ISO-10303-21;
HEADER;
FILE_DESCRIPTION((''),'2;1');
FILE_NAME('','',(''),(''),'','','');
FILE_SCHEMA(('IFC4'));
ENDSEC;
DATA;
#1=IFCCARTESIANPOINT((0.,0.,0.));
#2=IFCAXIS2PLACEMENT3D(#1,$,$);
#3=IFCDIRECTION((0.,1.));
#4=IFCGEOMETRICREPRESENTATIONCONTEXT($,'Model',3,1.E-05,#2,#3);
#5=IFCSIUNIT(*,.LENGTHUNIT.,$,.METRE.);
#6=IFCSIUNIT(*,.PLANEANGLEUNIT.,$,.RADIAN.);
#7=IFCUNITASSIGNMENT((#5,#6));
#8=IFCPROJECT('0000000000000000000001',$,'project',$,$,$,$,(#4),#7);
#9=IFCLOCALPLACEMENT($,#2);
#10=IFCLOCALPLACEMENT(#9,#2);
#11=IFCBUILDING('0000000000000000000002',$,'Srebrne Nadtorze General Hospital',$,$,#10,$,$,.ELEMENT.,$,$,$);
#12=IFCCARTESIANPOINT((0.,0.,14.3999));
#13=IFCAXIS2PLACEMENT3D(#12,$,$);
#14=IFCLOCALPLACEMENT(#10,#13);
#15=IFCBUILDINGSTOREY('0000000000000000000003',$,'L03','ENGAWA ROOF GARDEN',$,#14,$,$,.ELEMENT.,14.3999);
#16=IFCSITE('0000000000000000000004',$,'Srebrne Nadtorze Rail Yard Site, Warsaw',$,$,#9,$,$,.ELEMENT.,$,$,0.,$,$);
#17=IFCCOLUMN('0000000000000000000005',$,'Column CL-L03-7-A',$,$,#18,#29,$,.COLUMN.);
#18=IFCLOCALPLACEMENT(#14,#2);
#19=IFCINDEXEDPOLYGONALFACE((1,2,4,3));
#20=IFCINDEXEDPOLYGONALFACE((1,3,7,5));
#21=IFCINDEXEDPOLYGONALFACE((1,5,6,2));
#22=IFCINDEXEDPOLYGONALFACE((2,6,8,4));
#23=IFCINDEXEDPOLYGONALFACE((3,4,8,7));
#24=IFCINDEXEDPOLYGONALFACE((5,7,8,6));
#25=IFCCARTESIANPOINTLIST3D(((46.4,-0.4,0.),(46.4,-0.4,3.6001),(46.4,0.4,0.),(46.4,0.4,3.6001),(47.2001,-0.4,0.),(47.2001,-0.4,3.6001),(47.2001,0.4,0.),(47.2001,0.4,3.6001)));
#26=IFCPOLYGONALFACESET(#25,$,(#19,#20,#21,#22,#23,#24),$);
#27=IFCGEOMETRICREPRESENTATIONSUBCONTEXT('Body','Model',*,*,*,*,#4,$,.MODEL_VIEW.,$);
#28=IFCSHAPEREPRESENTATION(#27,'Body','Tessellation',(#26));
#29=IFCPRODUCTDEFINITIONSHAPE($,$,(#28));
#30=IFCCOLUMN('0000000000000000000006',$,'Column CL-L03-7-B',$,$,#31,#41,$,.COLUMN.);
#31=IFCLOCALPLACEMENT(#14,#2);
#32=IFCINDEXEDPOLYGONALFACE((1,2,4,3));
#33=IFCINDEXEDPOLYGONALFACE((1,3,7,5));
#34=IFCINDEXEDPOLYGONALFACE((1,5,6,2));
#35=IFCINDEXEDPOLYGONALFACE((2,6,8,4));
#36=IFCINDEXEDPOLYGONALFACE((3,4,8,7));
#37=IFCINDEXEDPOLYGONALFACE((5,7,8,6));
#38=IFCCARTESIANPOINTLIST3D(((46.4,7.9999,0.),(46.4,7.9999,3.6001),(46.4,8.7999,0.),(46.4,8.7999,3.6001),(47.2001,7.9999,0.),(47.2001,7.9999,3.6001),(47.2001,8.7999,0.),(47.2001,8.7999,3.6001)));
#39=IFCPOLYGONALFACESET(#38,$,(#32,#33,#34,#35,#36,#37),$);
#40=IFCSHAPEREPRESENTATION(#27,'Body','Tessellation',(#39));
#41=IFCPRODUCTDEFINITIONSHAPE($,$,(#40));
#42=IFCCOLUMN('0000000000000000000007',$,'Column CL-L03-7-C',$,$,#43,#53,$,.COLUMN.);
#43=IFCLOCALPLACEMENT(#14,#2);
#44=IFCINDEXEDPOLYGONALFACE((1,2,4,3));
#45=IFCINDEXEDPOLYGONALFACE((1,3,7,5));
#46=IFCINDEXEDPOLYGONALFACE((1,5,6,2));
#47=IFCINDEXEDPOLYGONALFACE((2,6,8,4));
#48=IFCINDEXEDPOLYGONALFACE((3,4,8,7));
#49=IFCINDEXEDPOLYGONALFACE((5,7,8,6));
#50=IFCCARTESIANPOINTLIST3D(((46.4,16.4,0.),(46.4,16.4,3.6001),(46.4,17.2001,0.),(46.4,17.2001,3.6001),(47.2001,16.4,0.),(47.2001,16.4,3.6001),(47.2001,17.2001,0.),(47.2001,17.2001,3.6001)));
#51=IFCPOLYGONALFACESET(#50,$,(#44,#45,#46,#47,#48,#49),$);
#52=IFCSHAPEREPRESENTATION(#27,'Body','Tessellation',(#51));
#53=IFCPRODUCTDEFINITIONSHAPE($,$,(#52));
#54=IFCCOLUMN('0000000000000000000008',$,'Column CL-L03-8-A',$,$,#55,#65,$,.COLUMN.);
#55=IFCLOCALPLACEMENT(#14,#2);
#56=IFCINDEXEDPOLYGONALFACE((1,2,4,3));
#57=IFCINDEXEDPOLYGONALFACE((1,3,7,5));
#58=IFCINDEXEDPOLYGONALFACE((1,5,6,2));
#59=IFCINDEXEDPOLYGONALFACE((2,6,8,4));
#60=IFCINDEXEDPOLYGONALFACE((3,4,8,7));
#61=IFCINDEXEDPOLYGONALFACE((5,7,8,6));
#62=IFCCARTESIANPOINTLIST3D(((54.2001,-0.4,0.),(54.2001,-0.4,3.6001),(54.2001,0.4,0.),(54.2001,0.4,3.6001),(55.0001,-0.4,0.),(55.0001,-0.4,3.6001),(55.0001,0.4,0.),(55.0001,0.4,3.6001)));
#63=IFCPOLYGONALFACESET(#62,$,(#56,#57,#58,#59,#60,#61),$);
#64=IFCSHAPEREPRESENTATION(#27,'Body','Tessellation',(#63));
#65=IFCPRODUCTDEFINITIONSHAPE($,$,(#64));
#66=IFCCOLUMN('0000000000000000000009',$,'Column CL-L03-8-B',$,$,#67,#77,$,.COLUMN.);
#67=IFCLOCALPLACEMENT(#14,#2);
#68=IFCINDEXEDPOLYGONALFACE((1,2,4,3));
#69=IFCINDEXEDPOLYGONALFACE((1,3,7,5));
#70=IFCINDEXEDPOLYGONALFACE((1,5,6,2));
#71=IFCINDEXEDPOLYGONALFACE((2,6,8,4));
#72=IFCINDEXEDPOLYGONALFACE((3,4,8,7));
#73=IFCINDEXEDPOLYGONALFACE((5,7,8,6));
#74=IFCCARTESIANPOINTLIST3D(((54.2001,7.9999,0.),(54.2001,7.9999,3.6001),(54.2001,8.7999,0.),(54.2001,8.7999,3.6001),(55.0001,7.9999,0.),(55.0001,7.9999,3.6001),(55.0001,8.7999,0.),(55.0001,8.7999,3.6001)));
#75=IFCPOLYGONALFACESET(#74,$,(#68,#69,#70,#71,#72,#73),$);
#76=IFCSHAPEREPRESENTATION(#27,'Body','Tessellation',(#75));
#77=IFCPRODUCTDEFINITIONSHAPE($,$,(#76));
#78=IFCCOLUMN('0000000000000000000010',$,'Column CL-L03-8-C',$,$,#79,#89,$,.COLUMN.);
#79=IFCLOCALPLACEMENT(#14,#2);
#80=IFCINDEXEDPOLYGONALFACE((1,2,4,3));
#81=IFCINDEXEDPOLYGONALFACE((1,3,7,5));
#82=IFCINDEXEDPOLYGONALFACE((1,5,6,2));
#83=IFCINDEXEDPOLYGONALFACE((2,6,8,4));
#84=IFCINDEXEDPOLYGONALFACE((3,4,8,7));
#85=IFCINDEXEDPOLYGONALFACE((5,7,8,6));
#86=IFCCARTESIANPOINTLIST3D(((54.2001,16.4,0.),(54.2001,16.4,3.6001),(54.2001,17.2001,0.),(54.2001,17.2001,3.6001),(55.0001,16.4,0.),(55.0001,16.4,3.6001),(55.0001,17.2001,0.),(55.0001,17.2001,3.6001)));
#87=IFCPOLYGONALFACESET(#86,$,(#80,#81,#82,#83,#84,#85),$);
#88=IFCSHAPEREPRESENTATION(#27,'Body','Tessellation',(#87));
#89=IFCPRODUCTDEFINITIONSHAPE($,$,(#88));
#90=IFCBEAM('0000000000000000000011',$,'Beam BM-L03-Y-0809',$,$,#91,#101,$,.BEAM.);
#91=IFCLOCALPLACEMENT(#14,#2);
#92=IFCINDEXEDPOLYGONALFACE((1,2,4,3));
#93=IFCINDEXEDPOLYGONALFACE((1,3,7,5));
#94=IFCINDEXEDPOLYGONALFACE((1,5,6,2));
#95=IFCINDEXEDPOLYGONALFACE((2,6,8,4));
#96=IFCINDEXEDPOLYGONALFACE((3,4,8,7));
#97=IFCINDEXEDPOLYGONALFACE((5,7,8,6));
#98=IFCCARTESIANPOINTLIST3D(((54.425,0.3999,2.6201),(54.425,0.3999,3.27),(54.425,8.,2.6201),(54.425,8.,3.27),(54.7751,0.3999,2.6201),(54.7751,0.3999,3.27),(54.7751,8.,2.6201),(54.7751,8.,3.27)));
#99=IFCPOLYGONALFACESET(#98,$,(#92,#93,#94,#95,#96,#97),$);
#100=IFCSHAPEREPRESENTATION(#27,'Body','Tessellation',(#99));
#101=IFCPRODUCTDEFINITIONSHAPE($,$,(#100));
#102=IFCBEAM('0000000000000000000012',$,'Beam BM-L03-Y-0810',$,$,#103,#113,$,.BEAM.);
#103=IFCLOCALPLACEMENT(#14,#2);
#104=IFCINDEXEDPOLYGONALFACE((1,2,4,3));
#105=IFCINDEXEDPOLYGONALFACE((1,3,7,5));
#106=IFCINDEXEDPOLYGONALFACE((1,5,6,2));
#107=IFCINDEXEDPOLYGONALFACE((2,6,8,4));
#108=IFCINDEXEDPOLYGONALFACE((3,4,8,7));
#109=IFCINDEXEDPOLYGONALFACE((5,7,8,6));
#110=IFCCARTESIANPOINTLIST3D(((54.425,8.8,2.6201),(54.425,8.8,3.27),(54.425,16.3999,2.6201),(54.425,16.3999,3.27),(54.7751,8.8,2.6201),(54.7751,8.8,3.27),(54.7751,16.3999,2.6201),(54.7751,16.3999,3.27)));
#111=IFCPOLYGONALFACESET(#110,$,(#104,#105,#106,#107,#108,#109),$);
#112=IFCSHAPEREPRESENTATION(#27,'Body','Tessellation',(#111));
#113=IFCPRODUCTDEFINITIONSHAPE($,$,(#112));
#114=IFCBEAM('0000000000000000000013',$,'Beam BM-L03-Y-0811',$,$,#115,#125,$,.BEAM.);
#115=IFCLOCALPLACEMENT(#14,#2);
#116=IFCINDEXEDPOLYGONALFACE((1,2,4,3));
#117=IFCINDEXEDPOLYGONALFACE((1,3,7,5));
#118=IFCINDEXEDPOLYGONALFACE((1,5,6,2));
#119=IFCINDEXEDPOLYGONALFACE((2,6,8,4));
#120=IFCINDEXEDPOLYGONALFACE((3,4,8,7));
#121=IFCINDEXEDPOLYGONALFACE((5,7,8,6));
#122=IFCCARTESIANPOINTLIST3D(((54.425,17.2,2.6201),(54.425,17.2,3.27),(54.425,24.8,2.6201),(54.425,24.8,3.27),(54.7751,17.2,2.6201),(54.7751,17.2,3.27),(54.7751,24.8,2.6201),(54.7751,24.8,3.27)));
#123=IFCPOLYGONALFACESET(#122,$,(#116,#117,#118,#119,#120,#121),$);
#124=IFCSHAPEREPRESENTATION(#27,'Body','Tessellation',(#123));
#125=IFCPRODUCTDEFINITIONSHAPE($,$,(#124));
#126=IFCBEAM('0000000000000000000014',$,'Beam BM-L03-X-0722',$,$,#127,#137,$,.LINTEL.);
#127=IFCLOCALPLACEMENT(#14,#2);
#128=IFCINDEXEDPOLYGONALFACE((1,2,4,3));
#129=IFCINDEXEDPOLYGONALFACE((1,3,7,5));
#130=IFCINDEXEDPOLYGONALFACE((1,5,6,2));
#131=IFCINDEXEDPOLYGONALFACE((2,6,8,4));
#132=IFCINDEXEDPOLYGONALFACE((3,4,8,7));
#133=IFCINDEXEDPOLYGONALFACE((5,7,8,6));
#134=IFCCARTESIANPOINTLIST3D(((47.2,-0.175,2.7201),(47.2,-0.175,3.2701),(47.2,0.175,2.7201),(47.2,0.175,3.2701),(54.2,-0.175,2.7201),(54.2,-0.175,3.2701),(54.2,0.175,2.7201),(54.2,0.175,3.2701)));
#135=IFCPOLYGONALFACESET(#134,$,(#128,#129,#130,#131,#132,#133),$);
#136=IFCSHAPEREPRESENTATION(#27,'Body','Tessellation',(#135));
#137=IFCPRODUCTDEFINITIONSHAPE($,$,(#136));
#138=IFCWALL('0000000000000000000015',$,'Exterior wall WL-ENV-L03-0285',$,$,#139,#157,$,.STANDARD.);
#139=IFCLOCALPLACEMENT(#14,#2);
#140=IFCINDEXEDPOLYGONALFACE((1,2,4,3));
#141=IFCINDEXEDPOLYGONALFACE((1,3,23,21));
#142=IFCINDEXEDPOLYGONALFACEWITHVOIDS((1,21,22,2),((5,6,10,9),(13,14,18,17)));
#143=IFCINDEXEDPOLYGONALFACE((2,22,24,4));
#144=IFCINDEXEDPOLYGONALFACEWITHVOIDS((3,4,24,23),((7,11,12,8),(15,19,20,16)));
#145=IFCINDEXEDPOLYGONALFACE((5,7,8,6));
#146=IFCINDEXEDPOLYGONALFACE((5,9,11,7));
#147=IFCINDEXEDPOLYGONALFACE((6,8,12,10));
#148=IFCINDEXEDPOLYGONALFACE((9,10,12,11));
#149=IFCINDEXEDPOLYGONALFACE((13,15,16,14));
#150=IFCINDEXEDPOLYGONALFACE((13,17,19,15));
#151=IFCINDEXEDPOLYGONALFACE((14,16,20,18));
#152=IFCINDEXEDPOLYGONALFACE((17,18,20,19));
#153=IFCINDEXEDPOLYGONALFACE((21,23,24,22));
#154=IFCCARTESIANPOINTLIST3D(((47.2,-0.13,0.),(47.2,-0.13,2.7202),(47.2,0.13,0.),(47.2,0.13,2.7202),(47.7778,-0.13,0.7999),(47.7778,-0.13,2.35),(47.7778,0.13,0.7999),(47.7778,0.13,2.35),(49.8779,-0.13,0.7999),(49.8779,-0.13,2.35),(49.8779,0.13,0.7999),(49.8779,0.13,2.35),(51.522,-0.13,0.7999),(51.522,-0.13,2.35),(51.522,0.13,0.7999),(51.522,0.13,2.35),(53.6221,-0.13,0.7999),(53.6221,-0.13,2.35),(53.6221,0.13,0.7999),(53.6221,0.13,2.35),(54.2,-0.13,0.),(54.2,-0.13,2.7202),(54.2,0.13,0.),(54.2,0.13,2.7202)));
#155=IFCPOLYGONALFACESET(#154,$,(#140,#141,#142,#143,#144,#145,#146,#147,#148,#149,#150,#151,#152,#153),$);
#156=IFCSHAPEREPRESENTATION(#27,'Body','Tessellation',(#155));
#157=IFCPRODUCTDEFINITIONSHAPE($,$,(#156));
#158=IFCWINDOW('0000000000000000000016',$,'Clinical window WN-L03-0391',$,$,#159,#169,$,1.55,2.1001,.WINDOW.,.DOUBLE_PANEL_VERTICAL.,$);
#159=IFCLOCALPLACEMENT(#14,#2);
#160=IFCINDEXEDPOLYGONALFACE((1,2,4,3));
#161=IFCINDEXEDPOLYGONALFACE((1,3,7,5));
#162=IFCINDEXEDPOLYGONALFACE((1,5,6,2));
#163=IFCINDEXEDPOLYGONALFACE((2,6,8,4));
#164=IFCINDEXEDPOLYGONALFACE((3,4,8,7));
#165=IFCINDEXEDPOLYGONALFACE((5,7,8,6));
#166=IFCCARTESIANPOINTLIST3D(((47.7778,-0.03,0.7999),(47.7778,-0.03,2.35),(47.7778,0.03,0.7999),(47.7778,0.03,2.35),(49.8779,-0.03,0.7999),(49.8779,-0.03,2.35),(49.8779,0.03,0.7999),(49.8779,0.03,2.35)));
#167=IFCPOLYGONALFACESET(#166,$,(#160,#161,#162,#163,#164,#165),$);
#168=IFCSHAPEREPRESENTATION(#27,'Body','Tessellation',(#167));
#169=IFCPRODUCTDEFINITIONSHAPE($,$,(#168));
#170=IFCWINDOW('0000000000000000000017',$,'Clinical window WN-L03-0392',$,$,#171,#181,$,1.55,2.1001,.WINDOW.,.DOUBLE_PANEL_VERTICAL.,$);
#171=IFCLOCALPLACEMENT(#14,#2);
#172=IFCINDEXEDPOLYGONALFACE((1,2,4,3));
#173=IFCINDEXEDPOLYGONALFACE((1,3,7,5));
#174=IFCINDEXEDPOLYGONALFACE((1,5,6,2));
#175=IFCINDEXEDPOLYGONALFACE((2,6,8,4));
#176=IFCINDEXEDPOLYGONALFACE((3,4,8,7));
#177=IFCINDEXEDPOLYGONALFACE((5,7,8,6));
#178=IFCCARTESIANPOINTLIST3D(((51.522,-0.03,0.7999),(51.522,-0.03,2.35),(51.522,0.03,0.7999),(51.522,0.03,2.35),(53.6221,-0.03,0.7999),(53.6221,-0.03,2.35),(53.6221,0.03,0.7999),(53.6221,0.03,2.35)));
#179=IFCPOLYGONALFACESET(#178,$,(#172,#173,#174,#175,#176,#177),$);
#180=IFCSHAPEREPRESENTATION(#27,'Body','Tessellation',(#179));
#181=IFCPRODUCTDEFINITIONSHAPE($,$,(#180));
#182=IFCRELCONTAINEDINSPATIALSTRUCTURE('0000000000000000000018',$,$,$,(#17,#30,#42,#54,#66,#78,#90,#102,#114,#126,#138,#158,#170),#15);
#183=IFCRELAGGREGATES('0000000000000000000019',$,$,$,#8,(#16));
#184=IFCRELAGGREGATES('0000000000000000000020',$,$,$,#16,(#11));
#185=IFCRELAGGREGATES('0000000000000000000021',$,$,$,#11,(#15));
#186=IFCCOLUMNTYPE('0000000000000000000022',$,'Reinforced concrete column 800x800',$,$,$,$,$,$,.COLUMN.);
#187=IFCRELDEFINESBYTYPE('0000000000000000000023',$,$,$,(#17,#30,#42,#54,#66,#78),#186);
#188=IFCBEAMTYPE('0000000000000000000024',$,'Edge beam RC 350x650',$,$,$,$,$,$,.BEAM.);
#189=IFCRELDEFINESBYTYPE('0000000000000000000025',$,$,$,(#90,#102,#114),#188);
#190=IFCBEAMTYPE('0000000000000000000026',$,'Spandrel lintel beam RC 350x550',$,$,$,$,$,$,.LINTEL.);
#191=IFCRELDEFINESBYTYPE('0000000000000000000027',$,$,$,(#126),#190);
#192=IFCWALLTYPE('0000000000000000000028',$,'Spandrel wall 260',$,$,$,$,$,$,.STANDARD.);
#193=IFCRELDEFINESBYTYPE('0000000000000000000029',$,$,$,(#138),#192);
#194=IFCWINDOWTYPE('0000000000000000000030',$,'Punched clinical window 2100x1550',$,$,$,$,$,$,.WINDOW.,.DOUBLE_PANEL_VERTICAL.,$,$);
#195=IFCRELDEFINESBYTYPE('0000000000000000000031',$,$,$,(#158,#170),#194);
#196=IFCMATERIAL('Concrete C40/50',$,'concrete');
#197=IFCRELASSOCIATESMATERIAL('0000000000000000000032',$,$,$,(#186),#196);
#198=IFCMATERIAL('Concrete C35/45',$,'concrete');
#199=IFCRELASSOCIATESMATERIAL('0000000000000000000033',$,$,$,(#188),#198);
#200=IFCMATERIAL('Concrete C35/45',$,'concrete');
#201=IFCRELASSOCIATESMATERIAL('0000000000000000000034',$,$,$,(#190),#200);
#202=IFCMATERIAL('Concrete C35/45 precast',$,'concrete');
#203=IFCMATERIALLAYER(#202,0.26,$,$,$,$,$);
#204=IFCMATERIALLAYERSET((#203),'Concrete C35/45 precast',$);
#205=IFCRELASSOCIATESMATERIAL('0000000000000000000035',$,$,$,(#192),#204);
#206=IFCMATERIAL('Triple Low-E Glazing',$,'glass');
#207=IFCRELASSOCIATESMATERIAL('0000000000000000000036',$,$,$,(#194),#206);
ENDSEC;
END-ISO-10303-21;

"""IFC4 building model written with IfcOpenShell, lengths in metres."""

from ifc_helpers import new_model, si_unit, direction, frame, frame_2d, origin, origin_2d, place, context, subcontext, project, spatial, rectangle, extrude, material, layer, layer_set, material_profile, profile_set, type_object, element, fill, save


model = new_model("IFC4")

# Units and contexts
model_context = context("Model", 3, precision=1e-05, world=origin(), true_north=direction((0.0, 1.0)))
body_context = subcontext(model_context, "Body", "Model", "MODEL_VIEW")
ifc_project = project(units=[si_unit("LENGTHUNIT", "METRE"), si_unit("PLANEANGLEUNIT", "RADIAN")], contexts=[model_context])

# Site, building, storey
site_placement = place(None, origin())
site = spatial("IfcSite", under=ifc_project, at=site_placement, Name="Srebrne Nadtorze Rail Yard Site, Warsaw", CompositionType="ELEMENT", RefElevation=0.0)
building_placement = place(site_placement, origin())
building = spatial("IfcBuilding", under=site, at=building_placement, Name="Srebrne Nadtorze General Hospital", CompositionType="ELEMENT")
storey_placement = place(building_placement, frame((0.0, 0.0, 14.3999)))
storey = spatial("IfcBuildingStorey", under=building, at=storey_placement, Name="L03", Description="ENGAWA ROOF GARDEN", CompositionType="ELEMENT", Elevation=14.3999)

# Columns
ifc_material_1 = material(Name="Concrete C40/50", Category="concrete")
ifc_material_profile_1 = material_profile(ifc_material_1, rectangle(XDim=0.8, YDim=0.8, at=origin_2d()), Name="RC-COL-800x800")
ifc_profile_set_1 = profile_set([ifc_material_profile_1], Name="Concrete C40/50")
column_type = type_object("IfcColumnType", Name="Reinforced concrete column 800x800", PredefinedType="COLUMN", material=ifc_profile_set_1)
for number, where, z_axis, x_axis, name in (
    (1, (46.8, 0.0, 0.0), (0.0, 0.0, 1.0), (1.0, 0.0, 0.0), "Column CL-L03-7-A"),
    (2, (46.8, 8.3999, 0.0), (0.0, 0.0, 1.0), (1.0, 0.0, 0.0), "Column CL-L03-7-B"),
    (3, (46.8, 16.8, 0.0), (0.0, 0.0, 1.0), (1.0, 0.0, 0.0), "Column CL-L03-7-C"),
    (4, (54.6001, 0.0, 0.0), (0.0, 0.0, 1.0), (1.0, 0.0, 0.0), "Column CL-L03-8-A"),
    (5, (54.6001, 8.3999, 0.0), (0.0, 0.0, 1.0), (1.0, 0.0, 0.0), "Column CL-L03-8-B"),
    (6, (54.6001, 16.8, 0.0), (0.0, 0.0, 1.0), (1.0, 0.0, 0.0), "Column CL-L03-8-C"),
):
    element("IfcColumn", number, at=place(storey_placement, frame(where, z_axis=z_axis, x_axis=x_axis)), inside=storey, type_object=column_type, Name=name, PredefinedType="COLUMN", context=body_context, shape_type="SweptSolid", body=[
        extrude(rectangle(XDim=0.8, YDim=0.8, at=origin_2d()), origin(), (0.0, 0.0, 1.0), 3.6001),
    ])

# Beams
ifc_material_2 = material(Name="Concrete C35/45", Category="concrete")
ifc_material_profile_2 = material_profile(ifc_material_2, rectangle(XDim=0.3501, YDim=0.6499, at=origin_2d()), Name="RC-BM-350x650")
ifc_profile_set_2 = profile_set([ifc_material_profile_2], Name="Concrete C35/45")
beam_type_1 = type_object("IfcBeamType", Name="Edge beam RC 350x650", PredefinedType="BEAM", material=ifc_profile_set_2)
beam_1_placement = place(storey_placement, frame((54.6001, 0.3999, 2.9451), z_axis=(0.0, 1.0, 0.0), x_axis=(-1.0, 0.0, 0.0)))
element("IfcBeam", 7, at=beam_1_placement, inside=storey, type_object=beam_type_1, Name="Beam BM-L03-Y-0809", PredefinedType="BEAM", context=body_context, shape_type="SweptSolid", body=[
    extrude(rectangle(XDim=0.3501, YDim=0.6499, at=origin_2d()), origin(), (0.0, 0.0, 1.0), 7.6001),
])
beam_2_placement = place(storey_placement, frame((54.6001, 8.8, 2.9451), z_axis=(0.0, 1.0, 0.0), x_axis=(-1.0, 0.0, 0.0)))
element("IfcBeam", 8, at=beam_2_placement, inside=storey, type_object=beam_type_1, Name="Beam BM-L03-Y-0810", PredefinedType="BEAM", context=body_context, shape_type="SweptSolid", body=[
    extrude(rectangle(XDim=0.3501, YDim=0.6499, at=origin_2d()), origin(), (0.0, 0.0, 1.0), 7.5999),
])
beam_3_placement = place(storey_placement, frame((54.6001, 17.2, 2.9451), z_axis=(0.0, 1.0, 0.0), x_axis=(-1.0, 0.0, 0.0)))
element("IfcBeam", 9, at=beam_3_placement, inside=storey, type_object=beam_type_1, Name="Beam BM-L03-Y-0811", PredefinedType="BEAM", context=body_context, shape_type="SweptSolid", body=[
    extrude(rectangle(XDim=0.3501, YDim=0.6499, at=origin_2d()), origin(), (0.0, 0.0, 1.0), 7.6001),
])
ifc_material_3 = material(Name="Concrete C35/45", Category="concrete")
ifc_material_profile_3 = material_profile(ifc_material_3, rectangle(XDim=0.3501, YDim=0.55, at=origin_2d()), Name="RC-BM-350x550")
ifc_profile_set_3 = profile_set([ifc_material_profile_3], Name="Concrete C35/45")
beam_type_2 = type_object("IfcBeamType", Name="Spandrel lintel beam RC 350x550", PredefinedType="LINTEL", material=ifc_profile_set_3)
beam_4_placement = place(storey_placement, frame((47.2, 0.0, 2.9951), z_axis=(1.0, 0.0, 0.0), x_axis=(0.0, 1.0, 0.0)))
element("IfcBeam", 10, at=beam_4_placement, inside=storey, type_object=beam_type_2, Name="Beam BM-L03-X-0722", PredefinedType="LINTEL", context=body_context, shape_type="SweptSolid", body=[
    extrude(rectangle(XDim=0.3501, YDim=0.55, at=origin_2d()), origin(), (0.0, 0.0, 1.0), 7.0),
])

# Wall, openings, windows
ifc_material_4 = material(Name="Concrete C35/45 precast", Category="concrete")
ifc_layer_1 = layer(ifc_material_4, 0.26)
ifc_layer_set_1 = layer_set([ifc_layer_1], Name="Concrete C35/45 precast")
wall_type = type_object("IfcWallType", Name="Spandrel wall 260", PredefinedType="STANDARD", material=ifc_layer_set_1)
wall_1_placement = place(storey_placement, frame((47.2, 0.0, 0.0), z_axis=(0.0, 0.0, 1.0), x_axis=(1.0, 0.0, 0.0)))
wall_1 = element("IfcWall", 11, at=wall_1_placement, inside=storey, type_object=wall_type, Name="Exterior wall WL-ENV-L03-0285", PredefinedType="STANDARD", context=body_context, shape_type="SweptSolid", body=[
    extrude(rectangle(XDim=7.0, YDim=0.26, at=frame_2d((3.5, 0.0))), origin(), (0.0, 0.0, 1.0), 2.7202),
])
opening_1_placement = place(wall_1_placement, frame((0.5779, 0.0, 0.8)))
opening_1 = element("IfcOpeningElement", 12, at=opening_1_placement, cuts=wall_1, PredefinedType="OPENING", context=body_context, shape_type="SweptSolid", body=[
    extrude(rectangle(XDim=2.1001, YDim=1.55, at=frame_2d((1.05, 0.7749))), frame((0.0, 0.1421, 0.0), z_axis=(0.0, -1.0, 0.0), x_axis=(1.0, 0.0, 0.0)), (0.0, 0.0, 1.0), 0.2839),
])
opening_2_placement = place(wall_1_placement, frame((4.322, 0.0, 0.8)))
opening_2 = element("IfcOpeningElement", 13, at=opening_2_placement, cuts=wall_1, PredefinedType="OPENING", context=body_context, shape_type="SweptSolid", body=[
    extrude(rectangle(XDim=2.1001, YDim=1.55, at=frame_2d((1.05, 0.7749))), frame((0.0, 0.1421, 0.0), z_axis=(0.0, -1.0, 0.0), x_axis=(1.0, 0.0, 0.0)), (0.0, 0.0, 1.0), 0.2839),
])
ifc_material_5 = material(Name="Triple Low-E Glazing", Category="glass")
window_type_1 = type_object("IfcWindowType", Name="Punched clinical window 2100x1550", PartitioningType="DOUBLE_PANEL_VERTICAL", PredefinedType="WINDOW", material=ifc_material_5)
window_1_placement = place(opening_1_placement, origin())
window_1 = element("IfcWindow", 14, at=window_1_placement, inside=storey, type_object=window_type_1, Name="Clinical window WN-L03-0391", OverallHeight=1.55, OverallWidth=2.1001, PartitioningType="DOUBLE_PANEL_VERTICAL", PredefinedType="WINDOW", context=body_context, shape_type="SweptSolid", body=[
    extrude(rectangle(XDim=2.1001, YDim=1.55, at=frame_2d((1.05, 0.7749))), frame((0.0, 0.03, 0.0), z_axis=(0.0, -1.0, 0.0), x_axis=(1.0, 0.0, 0.0)), (0.0, 0.0, 1.0), 0.0601),
])
fill(opening_1, window_1)
window_2_placement = place(opening_2_placement, origin())
window_2 = element("IfcWindow", 15, at=window_2_placement, inside=storey, type_object=window_type_1, Name="Clinical window WN-L03-0392", OverallHeight=1.55, OverallWidth=2.1001, PartitioningType="DOUBLE_PANEL_VERTICAL", PredefinedType="WINDOW", context=body_context, shape_type="SweptSolid", body=[
    extrude(rectangle(XDim=2.1001, YDim=1.55, at=frame_2d((1.05, 0.7749))), frame((0.0, 0.03, 0.0), z_axis=(0.0, -1.0, 0.0), x_axis=(1.0, 0.0, 0.0)), (0.0, 0.0, 1.0), 0.0601),
])
fill(opening_2, window_2)

save(model, "model.ifc")
